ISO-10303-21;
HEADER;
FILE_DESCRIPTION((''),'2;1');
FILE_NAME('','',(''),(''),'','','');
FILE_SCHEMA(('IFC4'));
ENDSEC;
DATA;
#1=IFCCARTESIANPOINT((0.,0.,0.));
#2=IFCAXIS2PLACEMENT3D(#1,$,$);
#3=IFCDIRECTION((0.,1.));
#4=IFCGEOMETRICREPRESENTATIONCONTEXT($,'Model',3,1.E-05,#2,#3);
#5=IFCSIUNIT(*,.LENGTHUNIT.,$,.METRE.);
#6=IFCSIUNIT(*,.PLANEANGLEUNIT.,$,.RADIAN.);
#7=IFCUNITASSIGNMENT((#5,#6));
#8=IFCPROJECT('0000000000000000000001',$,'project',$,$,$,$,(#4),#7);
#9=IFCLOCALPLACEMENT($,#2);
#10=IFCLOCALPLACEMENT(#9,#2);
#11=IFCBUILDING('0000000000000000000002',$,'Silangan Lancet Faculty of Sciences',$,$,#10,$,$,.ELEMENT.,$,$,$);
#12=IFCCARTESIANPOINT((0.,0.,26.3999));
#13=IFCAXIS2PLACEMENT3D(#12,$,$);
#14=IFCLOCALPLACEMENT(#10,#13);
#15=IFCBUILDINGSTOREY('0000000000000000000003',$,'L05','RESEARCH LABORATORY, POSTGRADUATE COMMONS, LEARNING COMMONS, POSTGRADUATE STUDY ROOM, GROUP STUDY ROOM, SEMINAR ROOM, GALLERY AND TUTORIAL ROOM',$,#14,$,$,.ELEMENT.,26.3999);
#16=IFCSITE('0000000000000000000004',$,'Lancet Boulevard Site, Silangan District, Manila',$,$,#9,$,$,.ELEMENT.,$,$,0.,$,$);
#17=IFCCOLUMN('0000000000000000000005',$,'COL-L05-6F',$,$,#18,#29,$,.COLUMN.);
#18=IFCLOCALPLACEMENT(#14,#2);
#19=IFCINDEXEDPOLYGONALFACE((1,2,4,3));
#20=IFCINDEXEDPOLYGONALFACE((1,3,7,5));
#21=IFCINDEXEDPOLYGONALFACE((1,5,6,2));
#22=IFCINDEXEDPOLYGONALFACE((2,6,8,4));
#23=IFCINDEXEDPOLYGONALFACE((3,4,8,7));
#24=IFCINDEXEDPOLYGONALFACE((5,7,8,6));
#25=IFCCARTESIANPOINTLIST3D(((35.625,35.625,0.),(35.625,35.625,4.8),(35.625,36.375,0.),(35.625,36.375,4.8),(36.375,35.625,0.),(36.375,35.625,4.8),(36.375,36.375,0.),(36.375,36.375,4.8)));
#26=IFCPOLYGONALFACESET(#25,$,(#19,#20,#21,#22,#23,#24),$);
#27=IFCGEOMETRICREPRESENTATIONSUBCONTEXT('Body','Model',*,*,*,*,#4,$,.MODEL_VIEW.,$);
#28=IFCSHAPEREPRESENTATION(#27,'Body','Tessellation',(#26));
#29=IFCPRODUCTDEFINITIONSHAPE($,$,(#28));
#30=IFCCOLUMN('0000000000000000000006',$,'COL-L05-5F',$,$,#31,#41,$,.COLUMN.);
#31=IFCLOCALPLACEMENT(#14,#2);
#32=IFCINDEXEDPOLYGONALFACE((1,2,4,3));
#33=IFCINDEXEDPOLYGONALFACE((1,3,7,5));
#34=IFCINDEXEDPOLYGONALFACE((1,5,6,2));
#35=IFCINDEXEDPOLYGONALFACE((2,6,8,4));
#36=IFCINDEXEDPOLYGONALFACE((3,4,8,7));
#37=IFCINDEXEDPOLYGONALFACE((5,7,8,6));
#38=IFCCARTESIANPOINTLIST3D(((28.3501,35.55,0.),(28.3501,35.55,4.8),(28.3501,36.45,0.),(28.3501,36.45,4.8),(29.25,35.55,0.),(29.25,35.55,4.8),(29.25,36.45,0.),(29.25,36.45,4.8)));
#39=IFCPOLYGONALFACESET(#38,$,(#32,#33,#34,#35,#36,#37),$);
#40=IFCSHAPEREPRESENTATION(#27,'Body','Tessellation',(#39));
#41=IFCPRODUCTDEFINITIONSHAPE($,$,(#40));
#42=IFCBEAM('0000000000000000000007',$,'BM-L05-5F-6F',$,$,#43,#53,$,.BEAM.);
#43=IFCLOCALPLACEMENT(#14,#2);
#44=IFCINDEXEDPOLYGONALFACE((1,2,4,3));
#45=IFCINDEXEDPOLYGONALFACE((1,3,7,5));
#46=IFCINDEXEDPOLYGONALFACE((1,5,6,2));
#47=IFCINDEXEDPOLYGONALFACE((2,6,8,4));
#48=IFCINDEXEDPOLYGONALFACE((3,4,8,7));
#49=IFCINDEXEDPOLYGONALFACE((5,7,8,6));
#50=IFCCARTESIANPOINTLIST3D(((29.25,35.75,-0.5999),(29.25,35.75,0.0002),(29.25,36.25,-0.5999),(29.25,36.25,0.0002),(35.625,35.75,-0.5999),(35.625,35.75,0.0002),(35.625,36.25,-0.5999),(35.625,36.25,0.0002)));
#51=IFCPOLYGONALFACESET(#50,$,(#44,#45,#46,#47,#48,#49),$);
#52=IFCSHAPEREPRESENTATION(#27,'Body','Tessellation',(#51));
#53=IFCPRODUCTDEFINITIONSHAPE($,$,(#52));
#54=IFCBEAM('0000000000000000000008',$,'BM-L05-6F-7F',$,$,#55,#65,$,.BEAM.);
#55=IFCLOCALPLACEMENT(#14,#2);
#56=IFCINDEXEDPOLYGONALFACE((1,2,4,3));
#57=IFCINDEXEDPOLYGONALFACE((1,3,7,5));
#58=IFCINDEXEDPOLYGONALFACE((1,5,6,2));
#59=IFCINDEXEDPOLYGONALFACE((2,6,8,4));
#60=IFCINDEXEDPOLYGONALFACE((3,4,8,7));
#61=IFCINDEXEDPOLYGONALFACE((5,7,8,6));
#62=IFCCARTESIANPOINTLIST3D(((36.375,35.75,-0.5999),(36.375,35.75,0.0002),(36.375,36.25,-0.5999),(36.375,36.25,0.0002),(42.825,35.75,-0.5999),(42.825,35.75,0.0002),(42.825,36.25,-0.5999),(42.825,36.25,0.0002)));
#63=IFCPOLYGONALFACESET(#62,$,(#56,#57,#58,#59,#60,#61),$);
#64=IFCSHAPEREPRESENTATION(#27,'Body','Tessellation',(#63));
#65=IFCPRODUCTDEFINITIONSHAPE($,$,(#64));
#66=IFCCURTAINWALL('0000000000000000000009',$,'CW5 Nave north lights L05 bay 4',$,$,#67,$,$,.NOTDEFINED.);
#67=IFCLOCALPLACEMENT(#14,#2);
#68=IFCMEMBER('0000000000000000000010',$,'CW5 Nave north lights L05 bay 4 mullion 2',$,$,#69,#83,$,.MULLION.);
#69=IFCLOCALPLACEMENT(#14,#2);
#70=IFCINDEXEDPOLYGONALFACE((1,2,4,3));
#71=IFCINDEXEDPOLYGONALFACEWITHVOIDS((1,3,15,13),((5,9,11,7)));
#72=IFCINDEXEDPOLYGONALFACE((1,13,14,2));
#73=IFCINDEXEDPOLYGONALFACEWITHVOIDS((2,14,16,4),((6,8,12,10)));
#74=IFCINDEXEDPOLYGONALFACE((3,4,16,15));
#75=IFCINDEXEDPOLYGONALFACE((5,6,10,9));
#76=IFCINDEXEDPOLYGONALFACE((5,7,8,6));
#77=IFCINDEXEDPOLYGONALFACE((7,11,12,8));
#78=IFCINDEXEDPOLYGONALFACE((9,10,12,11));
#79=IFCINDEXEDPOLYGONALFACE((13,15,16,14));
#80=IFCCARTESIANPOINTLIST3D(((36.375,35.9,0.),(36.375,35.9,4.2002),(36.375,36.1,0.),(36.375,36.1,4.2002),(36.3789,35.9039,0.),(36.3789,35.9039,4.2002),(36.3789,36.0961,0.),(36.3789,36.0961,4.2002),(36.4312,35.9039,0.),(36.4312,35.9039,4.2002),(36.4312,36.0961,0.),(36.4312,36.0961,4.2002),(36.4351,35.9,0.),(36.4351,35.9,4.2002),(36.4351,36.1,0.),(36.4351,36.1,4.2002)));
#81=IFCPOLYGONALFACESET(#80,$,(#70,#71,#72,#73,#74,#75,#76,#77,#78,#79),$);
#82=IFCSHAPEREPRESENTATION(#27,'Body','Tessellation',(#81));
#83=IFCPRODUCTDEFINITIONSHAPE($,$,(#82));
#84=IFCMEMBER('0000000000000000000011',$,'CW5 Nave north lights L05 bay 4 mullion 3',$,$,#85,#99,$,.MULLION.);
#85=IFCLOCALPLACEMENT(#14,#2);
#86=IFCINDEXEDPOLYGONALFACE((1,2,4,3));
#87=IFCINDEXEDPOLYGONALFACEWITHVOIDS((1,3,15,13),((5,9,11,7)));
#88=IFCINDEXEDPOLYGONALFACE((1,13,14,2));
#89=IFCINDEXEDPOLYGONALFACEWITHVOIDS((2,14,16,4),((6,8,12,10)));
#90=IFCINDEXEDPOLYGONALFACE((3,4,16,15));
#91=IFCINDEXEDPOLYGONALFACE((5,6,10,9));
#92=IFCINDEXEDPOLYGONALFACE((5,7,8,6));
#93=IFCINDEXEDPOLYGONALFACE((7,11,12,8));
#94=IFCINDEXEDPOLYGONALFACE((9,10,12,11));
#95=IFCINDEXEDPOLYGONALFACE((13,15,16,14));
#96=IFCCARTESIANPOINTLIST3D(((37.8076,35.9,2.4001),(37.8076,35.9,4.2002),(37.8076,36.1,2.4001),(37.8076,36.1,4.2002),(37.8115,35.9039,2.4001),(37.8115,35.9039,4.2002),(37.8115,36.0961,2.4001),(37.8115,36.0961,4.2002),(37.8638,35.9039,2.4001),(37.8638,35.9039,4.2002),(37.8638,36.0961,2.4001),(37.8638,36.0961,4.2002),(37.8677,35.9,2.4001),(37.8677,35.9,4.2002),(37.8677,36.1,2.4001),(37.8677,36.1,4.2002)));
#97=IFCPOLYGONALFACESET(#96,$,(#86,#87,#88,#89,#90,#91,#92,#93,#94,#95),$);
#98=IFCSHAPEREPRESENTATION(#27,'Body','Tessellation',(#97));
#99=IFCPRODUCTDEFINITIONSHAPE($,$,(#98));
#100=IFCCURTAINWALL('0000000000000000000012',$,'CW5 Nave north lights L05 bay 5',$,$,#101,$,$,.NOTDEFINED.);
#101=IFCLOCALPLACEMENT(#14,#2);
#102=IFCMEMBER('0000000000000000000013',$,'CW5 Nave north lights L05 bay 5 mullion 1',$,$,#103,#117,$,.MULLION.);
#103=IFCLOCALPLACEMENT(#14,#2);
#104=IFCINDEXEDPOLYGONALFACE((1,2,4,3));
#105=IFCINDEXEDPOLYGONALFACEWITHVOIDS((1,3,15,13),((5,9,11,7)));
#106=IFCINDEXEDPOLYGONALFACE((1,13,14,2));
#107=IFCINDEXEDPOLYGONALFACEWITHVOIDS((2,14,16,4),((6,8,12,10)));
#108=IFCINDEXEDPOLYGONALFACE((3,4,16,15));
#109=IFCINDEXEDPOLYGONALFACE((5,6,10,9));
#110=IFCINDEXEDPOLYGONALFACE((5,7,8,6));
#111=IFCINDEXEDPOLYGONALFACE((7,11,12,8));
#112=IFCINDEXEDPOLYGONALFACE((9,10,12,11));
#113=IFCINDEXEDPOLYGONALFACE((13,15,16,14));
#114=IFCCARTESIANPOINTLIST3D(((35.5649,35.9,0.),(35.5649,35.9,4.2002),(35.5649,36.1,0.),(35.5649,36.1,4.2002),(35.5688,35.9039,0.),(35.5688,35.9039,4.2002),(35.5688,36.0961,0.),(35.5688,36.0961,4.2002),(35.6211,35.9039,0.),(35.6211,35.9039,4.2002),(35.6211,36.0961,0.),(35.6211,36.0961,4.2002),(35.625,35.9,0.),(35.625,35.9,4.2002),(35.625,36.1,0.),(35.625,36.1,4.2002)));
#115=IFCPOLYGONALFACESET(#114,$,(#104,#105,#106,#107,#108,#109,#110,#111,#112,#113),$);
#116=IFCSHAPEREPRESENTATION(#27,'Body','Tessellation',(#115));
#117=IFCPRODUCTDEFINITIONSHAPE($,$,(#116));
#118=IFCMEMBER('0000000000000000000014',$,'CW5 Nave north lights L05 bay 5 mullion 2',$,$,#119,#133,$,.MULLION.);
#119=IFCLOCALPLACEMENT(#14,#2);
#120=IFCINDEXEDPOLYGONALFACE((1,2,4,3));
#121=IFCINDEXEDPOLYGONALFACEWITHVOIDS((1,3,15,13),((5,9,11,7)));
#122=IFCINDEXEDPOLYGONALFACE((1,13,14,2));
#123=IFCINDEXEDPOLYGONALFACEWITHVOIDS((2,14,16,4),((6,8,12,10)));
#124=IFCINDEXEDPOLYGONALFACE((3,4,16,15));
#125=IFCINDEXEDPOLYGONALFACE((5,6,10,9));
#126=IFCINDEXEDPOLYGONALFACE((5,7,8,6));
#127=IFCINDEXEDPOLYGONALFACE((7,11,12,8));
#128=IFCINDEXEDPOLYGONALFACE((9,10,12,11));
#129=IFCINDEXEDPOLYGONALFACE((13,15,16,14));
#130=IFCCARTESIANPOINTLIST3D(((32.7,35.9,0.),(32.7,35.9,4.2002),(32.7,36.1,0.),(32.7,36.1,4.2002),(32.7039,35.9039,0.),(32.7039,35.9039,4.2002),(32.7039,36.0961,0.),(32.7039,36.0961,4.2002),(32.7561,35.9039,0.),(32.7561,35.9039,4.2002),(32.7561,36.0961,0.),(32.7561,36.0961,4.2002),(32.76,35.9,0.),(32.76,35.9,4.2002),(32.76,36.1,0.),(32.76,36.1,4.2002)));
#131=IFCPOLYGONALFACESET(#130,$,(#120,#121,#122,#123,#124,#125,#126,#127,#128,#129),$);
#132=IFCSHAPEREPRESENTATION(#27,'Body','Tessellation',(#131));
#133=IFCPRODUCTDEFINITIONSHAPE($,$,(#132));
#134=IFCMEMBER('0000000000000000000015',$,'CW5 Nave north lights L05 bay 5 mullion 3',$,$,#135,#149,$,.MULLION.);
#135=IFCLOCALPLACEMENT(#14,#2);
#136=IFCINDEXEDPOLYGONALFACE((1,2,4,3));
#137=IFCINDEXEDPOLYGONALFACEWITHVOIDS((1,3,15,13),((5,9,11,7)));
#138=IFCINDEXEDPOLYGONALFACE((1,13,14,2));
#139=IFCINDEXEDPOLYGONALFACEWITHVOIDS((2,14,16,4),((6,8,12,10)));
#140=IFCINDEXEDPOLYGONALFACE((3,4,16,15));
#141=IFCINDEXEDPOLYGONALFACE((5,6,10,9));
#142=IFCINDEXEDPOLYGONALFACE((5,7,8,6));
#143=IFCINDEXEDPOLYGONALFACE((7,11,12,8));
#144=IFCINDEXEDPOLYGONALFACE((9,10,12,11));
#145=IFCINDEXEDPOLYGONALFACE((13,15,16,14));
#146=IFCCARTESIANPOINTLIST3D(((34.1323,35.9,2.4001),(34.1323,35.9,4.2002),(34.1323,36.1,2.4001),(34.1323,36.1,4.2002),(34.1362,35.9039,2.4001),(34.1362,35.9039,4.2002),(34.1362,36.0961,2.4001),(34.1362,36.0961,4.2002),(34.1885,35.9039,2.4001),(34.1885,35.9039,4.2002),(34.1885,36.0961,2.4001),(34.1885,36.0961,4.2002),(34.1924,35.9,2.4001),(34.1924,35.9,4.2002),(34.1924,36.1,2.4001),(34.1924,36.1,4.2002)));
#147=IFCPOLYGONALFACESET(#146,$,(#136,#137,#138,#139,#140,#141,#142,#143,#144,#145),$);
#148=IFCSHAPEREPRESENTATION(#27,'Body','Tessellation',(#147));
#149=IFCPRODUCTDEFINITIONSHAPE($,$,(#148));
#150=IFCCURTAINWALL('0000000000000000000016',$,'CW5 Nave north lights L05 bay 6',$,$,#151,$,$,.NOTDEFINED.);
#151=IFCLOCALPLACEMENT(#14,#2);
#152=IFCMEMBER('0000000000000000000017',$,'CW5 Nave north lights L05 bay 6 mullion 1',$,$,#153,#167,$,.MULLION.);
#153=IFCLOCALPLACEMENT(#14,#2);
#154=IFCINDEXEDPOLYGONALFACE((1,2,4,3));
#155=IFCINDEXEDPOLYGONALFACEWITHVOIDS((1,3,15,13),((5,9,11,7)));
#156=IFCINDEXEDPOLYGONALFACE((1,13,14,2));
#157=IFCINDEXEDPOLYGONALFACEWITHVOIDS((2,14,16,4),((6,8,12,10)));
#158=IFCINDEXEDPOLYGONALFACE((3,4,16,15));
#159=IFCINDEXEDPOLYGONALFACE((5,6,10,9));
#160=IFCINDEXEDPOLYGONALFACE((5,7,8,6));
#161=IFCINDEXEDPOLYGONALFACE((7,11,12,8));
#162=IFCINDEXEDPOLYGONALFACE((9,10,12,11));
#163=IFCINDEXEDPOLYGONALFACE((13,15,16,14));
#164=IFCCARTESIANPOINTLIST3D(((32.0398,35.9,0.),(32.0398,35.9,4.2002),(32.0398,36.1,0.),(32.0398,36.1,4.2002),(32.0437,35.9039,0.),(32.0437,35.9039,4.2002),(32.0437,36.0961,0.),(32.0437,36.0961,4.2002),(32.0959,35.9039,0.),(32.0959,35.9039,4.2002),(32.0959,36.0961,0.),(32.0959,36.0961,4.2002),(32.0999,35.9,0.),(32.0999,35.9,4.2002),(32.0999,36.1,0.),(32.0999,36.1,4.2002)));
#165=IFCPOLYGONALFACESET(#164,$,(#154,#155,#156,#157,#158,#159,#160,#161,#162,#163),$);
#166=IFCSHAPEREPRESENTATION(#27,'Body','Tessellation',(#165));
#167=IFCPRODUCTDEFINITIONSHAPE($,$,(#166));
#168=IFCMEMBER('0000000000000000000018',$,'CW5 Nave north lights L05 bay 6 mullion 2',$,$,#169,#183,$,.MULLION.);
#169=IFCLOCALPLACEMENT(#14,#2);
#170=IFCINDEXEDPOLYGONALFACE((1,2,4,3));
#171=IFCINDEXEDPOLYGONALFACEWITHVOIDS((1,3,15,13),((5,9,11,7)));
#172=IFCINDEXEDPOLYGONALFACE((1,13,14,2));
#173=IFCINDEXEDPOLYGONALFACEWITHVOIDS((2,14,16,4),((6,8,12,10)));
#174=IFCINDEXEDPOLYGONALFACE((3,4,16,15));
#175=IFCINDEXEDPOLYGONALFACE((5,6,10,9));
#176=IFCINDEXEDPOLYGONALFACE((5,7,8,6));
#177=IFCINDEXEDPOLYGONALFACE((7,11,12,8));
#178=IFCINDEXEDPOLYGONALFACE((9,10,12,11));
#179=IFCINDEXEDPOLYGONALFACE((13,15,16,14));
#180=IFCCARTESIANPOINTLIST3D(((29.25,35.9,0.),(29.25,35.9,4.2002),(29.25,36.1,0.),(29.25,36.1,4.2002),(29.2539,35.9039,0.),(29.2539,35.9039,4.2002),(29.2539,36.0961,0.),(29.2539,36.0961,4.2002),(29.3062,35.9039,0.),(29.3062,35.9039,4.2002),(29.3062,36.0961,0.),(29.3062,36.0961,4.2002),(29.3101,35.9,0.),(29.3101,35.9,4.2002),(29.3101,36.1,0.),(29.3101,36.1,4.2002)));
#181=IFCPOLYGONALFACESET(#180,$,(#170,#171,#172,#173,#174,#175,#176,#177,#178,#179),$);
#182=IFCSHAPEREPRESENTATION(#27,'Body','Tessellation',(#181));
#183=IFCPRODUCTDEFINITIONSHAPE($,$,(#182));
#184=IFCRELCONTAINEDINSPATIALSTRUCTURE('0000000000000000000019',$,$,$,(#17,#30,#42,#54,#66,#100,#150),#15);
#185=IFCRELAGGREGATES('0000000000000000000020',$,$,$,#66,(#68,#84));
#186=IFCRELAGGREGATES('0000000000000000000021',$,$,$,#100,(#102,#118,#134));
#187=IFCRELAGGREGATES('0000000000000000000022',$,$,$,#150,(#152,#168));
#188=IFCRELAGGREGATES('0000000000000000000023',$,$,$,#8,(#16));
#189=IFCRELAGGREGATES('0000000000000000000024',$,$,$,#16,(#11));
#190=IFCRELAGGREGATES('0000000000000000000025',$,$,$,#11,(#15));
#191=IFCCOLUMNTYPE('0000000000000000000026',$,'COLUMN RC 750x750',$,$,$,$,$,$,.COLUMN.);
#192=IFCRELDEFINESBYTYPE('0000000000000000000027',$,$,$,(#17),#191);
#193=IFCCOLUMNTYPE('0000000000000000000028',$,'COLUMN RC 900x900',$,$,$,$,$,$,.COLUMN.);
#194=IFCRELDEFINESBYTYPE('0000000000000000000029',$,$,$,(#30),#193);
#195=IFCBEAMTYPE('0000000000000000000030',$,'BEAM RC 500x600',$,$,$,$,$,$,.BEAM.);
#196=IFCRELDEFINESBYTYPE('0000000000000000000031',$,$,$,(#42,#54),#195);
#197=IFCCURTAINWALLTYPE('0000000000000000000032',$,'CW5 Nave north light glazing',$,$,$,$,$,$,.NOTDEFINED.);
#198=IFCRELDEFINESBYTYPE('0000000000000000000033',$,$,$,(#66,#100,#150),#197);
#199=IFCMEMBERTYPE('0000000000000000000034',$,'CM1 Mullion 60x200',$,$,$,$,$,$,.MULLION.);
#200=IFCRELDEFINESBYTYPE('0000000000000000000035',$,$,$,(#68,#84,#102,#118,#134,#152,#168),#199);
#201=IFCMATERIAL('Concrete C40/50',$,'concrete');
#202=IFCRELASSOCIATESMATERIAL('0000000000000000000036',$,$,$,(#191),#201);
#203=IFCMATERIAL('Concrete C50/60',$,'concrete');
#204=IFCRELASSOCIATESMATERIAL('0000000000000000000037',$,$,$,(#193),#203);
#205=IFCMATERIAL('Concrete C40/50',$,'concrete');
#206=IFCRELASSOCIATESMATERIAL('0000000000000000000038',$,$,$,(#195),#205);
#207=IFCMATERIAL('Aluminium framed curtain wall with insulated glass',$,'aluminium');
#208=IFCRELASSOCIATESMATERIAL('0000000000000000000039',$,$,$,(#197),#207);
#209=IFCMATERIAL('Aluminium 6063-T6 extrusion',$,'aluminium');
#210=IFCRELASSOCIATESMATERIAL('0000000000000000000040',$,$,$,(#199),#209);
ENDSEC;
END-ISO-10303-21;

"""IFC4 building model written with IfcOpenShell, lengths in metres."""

from ifc_helpers import new_model, si_unit, direction, frame, origin, origin_2d, place, context, subcontext, project, spatial, rectangle, hollow_rectangle, extrude, material, material_profile, profile_set, type_object, element, aggregate, save


model = new_model("IFC4")

# Units and contexts
model_context = context("Model", 3, precision=1e-05, world=origin(), true_north=direction((0.0, 1.0)))
body_context = subcontext(model_context, "Body", "Model", "MODEL_VIEW")
ifc_project = project(units=[si_unit("LENGTHUNIT", "METRE"), si_unit("PLANEANGLEUNIT", "RADIAN")], contexts=[model_context])

# Site, building, storey
site_placement = place(None, origin())
site = spatial("IfcSite", under=ifc_project, at=site_placement, Name="Lancet Boulevard Site, Silangan District, Manila", CompositionType="ELEMENT", RefElevation=0.0)
building_placement = place(site_placement, origin())
building = spatial("IfcBuilding", under=site, at=building_placement, Name="Silangan Lancet Faculty of Sciences", CompositionType="ELEMENT")
storey_placement = place(building_placement, frame((0.0, 0.0, 26.3999)))
storey = spatial("IfcBuildingStorey", under=building, at=storey_placement, Name="L05", Description="RESEARCH LABORATORY, POSTGRADUATE COMMONS, LEARNING COMMONS, POSTGRADUATE STUDY ROOM, GROUP STUDY ROOM, SEMINAR ROOM, GALLERY AND TUTORIAL ROOM", CompositionType="ELEMENT", Elevation=26.3999)

# Columns
ifc_material_1 = material(Name="Concrete C40/50", Category="concrete")
ifc_material_profile_1 = material_profile(ifc_material_1, rectangle(XDim=0.75, YDim=0.75, at=origin_2d()), Name="RC 750x750")
ifc_profile_set_1 = profile_set([ifc_material_profile_1], Name="Concrete C40/50")
column_type_1 = type_object("IfcColumnType", Name="COLUMN RC 750x750", PredefinedType="COLUMN", material=ifc_profile_set_1)
column_1_placement = place(storey_placement, frame((36.0, 36.0, 0.0), z_axis=(0.0, 0.0, 1.0), x_axis=(1.0, 0.0, 0.0)))
element("IfcColumn", 1, at=column_1_placement, inside=storey, type_object=column_type_1, Name="COL-L05-6F", PredefinedType="COLUMN", context=body_context, shape_type="SweptSolid", body=[
    extrude(rectangle(XDim=0.75, YDim=0.75, at=origin_2d()), origin(), (0.0, 0.0, 1.0), 4.8),
])
ifc_material_2 = material(Name="Concrete C50/60", Category="concrete")
ifc_material_profile_2 = material_profile(ifc_material_2, rectangle(XDim=0.8999, YDim=0.8999, at=origin_2d()), Name="RC 900x900")
ifc_profile_set_2 = profile_set([ifc_material_profile_2], Name="Concrete C50/60")
column_type_2 = type_object("IfcColumnType", Name="COLUMN RC 900x900", PredefinedType="COLUMN", material=ifc_profile_set_2)
column_2_placement = place(storey_placement, frame((28.8, 36.0, 0.0), z_axis=(0.0, 0.0, 1.0), x_axis=(1.0, 0.0, 0.0)))
element("IfcColumn", 2, at=column_2_placement, inside=storey, type_object=column_type_2, Name="COL-L05-5F", PredefinedType="COLUMN", context=body_context, shape_type="SweptSolid", body=[
    extrude(rectangle(XDim=0.8999, YDim=0.8999, at=origin_2d()), origin(), (0.0, 0.0, 1.0), 4.8),
])

# Beams
ifc_material_3 = material(Name="Concrete C40/50", Category="concrete")
ifc_material_profile_3 = material_profile(ifc_material_3, rectangle(XDim=0.5, YDim=0.6001, at=origin_2d()), Name="RC 500x600")
ifc_profile_set_3 = profile_set([ifc_material_profile_3], Name="Concrete C40/50")
beam_type = type_object("IfcBeamType", Name="BEAM RC 500x600", PredefinedType="BEAM", material=ifc_profile_set_3)
beam_1_placement = place(storey_placement, frame((29.25, 36.0, -0.2998), z_axis=(1.0, 0.0, 0.0), x_axis=(0.0, 1.0, 0.0)))
element("IfcBeam", 3, at=beam_1_placement, inside=storey, type_object=beam_type, Name="BM-L05-5F-6F", PredefinedType="BEAM", context=body_context, shape_type="SweptSolid", body=[
    extrude(rectangle(XDim=0.5, YDim=0.6001, at=origin_2d()), origin(), (0.0, 0.0, 1.0), 6.375),
])
beam_2_placement = place(storey_placement, frame((36.375, 36.0, -0.2998), z_axis=(1.0, 0.0, 0.0), x_axis=(0.0, 1.0, 0.0)))
element("IfcBeam", 4, at=beam_2_placement, inside=storey, type_object=beam_type, Name="BM-L05-6F-7F", PredefinedType="BEAM", context=body_context, shape_type="SweptSolid", body=[
    extrude(rectangle(XDim=0.5, YDim=0.6001, at=origin_2d()), origin(), (0.0, 0.0, 1.0), 6.45),
])

# Curtain walls, members
ifc_material_4 = material(Name="Aluminium framed curtain wall with insulated glass", Category="aluminium")
curtain_wall_type = type_object("IfcCurtainWallType", Name="CW5 Nave north light glazing", PredefinedType="NOTDEFINED", material=ifc_material_4)
curtain_wall_1_placement = place(storey_placement, origin())
curtain_wall_1 = element("IfcCurtainWall", 5, at=curtain_wall_1_placement, inside=storey, type_object=curtain_wall_type, Name="CW5 Nave north lights L05 bay 4", PredefinedType="NOTDEFINED")
ifc_material_5 = material(Name="Aluminium 6063-T6 extrusion", Category="aluminium")
ifc_material_profile_4 = material_profile(ifc_material_5, hollow_rectangle(XDim=0.0601, YDim=0.2, WallThickness=0.0039, at=origin_2d()), Name="AL BOX 60x200x4")
ifc_profile_set_4 = profile_set([ifc_material_profile_4], Name="Aluminium 6063-T6 extrusion")
member_type_1 = type_object("IfcMemberType", Name="CM1 Mullion 60x200", PredefinedType="MULLION", material=ifc_profile_set_4)
member_1_placement = place(storey_placement, frame((36.405, 36.0, 0.0), z_axis=(0.0, 0.0, 1.0), x_axis=(-1.0, 0.0, 0.0)))
member_1 = element("IfcMember", 6, at=member_1_placement, type_object=member_type_1, Name="CW5 Nave north lights L05 bay 4 mullion 2", PredefinedType="MULLION", context=body_context, shape_type="SweptSolid", body=[
    extrude(hollow_rectangle(XDim=0.0601, YDim=0.2, WallThickness=0.0039, at=origin_2d()), origin(), (0.0, 0.0, 1.0), 4.2002),
])
member_2_placement = place(storey_placement, frame((37.8376, 36.0, 2.4001), z_axis=(0.0, 0.0, 1.0), x_axis=(-1.0, 0.0, 0.0)))
member_2 = element("IfcMember", 7, at=member_2_placement, type_object=member_type_1, Name="CW5 Nave north lights L05 bay 4 mullion 3", PredefinedType="MULLION", context=body_context, shape_type="SweptSolid", body=[
    extrude(hollow_rectangle(XDim=0.0601, YDim=0.2, WallThickness=0.0039, at=origin_2d()), origin(), (0.0, 0.0, 1.0), 1.8),
])
curtain_wall_2_placement = place(storey_placement, origin())
curtain_wall_2 = element("IfcCurtainWall", 8, at=curtain_wall_2_placement, inside=storey, type_object=curtain_wall_type, Name="CW5 Nave north lights L05 bay 5", PredefinedType="NOTDEFINED")
member_3_placement = place(storey_placement, frame((35.595, 36.0, 0.0), z_axis=(0.0, 0.0, 1.0), x_axis=(-1.0, 0.0, 0.0)))
member_3 = element("IfcMember", 9, at=member_3_placement, type_object=member_type_1, Name="CW5 Nave north lights L05 bay 5 mullion 1", PredefinedType="MULLION", context=body_context, shape_type="SweptSolid", body=[
    extrude(hollow_rectangle(XDim=0.0601, YDim=0.2, WallThickness=0.0039, at=origin_2d()), origin(), (0.0, 0.0, 1.0), 4.2002),
])
member_4_placement = place(storey_placement, frame((32.73, 36.0, 0.0), z_axis=(0.0, 0.0, 1.0), x_axis=(-1.0, 0.0, 0.0)))
member_4 = element("IfcMember", 10, at=member_4_placement, type_object=member_type_1, Name="CW5 Nave north lights L05 bay 5 mullion 2", PredefinedType="MULLION", context=body_context, shape_type="SweptSolid", body=[
    extrude(hollow_rectangle(XDim=0.0601, YDim=0.2, WallThickness=0.0039, at=origin_2d()), origin(), (0.0, 0.0, 1.0), 4.2002),
])
member_5_placement = place(storey_placement, frame((34.1624, 36.0, 2.4001), z_axis=(0.0, 0.0, 1.0), x_axis=(-1.0, 0.0, 0.0)))
member_5 = element("IfcMember", 11, at=member_5_placement, type_object=member_type_1, Name="CW5 Nave north lights L05 bay 5 mullion 3", PredefinedType="MULLION", context=body_context, shape_type="SweptSolid", body=[
    extrude(hollow_rectangle(XDim=0.0601, YDim=0.2, WallThickness=0.0039, at=origin_2d()), origin(), (0.0, 0.0, 1.0), 1.8),
])
curtain_wall_3_placement = place(storey_placement, origin())
curtain_wall_3 = element("IfcCurtainWall", 12, at=curtain_wall_3_placement, inside=storey, type_object=curtain_wall_type, Name="CW5 Nave north lights L05 bay 6", PredefinedType="NOTDEFINED")
member_6_placement = place(storey_placement, frame((32.0698, 36.0, 0.0), z_axis=(0.0, 0.0, 1.0), x_axis=(-1.0, 0.0, 0.0)))
member_6 = element("IfcMember", 13, at=member_6_placement, type_object=member_type_1, Name="CW5 Nave north lights L05 bay 6 mullion 1", PredefinedType="MULLION", context=body_context, shape_type="SweptSolid", body=[
    extrude(hollow_rectangle(XDim=0.0601, YDim=0.2, WallThickness=0.0039, at=origin_2d()), origin(), (0.0, 0.0, 1.0), 4.2002),
])
member_7_placement = place(storey_placement, frame((29.28, 36.0, 0.0), z_axis=(0.0, 0.0, 1.0), x_axis=(-1.0, 0.0, 0.0)))
member_7 = element("IfcMember", 14, at=member_7_placement, type_object=member_type_1, Name="CW5 Nave north lights L05 bay 6 mullion 2", PredefinedType="MULLION", context=body_context, shape_type="SweptSolid", body=[
    extrude(hollow_rectangle(XDim=0.0601, YDim=0.2, WallThickness=0.0039, at=origin_2d()), origin(), (0.0, 0.0, 1.0), 4.2002),
])

aggregate(curtain_wall_1, [member_1, member_2])
aggregate(curtain_wall_2, [member_3, member_4, member_5])
aggregate(curtain_wall_3, [member_6, member_7])

save(model, "model.ifc")
